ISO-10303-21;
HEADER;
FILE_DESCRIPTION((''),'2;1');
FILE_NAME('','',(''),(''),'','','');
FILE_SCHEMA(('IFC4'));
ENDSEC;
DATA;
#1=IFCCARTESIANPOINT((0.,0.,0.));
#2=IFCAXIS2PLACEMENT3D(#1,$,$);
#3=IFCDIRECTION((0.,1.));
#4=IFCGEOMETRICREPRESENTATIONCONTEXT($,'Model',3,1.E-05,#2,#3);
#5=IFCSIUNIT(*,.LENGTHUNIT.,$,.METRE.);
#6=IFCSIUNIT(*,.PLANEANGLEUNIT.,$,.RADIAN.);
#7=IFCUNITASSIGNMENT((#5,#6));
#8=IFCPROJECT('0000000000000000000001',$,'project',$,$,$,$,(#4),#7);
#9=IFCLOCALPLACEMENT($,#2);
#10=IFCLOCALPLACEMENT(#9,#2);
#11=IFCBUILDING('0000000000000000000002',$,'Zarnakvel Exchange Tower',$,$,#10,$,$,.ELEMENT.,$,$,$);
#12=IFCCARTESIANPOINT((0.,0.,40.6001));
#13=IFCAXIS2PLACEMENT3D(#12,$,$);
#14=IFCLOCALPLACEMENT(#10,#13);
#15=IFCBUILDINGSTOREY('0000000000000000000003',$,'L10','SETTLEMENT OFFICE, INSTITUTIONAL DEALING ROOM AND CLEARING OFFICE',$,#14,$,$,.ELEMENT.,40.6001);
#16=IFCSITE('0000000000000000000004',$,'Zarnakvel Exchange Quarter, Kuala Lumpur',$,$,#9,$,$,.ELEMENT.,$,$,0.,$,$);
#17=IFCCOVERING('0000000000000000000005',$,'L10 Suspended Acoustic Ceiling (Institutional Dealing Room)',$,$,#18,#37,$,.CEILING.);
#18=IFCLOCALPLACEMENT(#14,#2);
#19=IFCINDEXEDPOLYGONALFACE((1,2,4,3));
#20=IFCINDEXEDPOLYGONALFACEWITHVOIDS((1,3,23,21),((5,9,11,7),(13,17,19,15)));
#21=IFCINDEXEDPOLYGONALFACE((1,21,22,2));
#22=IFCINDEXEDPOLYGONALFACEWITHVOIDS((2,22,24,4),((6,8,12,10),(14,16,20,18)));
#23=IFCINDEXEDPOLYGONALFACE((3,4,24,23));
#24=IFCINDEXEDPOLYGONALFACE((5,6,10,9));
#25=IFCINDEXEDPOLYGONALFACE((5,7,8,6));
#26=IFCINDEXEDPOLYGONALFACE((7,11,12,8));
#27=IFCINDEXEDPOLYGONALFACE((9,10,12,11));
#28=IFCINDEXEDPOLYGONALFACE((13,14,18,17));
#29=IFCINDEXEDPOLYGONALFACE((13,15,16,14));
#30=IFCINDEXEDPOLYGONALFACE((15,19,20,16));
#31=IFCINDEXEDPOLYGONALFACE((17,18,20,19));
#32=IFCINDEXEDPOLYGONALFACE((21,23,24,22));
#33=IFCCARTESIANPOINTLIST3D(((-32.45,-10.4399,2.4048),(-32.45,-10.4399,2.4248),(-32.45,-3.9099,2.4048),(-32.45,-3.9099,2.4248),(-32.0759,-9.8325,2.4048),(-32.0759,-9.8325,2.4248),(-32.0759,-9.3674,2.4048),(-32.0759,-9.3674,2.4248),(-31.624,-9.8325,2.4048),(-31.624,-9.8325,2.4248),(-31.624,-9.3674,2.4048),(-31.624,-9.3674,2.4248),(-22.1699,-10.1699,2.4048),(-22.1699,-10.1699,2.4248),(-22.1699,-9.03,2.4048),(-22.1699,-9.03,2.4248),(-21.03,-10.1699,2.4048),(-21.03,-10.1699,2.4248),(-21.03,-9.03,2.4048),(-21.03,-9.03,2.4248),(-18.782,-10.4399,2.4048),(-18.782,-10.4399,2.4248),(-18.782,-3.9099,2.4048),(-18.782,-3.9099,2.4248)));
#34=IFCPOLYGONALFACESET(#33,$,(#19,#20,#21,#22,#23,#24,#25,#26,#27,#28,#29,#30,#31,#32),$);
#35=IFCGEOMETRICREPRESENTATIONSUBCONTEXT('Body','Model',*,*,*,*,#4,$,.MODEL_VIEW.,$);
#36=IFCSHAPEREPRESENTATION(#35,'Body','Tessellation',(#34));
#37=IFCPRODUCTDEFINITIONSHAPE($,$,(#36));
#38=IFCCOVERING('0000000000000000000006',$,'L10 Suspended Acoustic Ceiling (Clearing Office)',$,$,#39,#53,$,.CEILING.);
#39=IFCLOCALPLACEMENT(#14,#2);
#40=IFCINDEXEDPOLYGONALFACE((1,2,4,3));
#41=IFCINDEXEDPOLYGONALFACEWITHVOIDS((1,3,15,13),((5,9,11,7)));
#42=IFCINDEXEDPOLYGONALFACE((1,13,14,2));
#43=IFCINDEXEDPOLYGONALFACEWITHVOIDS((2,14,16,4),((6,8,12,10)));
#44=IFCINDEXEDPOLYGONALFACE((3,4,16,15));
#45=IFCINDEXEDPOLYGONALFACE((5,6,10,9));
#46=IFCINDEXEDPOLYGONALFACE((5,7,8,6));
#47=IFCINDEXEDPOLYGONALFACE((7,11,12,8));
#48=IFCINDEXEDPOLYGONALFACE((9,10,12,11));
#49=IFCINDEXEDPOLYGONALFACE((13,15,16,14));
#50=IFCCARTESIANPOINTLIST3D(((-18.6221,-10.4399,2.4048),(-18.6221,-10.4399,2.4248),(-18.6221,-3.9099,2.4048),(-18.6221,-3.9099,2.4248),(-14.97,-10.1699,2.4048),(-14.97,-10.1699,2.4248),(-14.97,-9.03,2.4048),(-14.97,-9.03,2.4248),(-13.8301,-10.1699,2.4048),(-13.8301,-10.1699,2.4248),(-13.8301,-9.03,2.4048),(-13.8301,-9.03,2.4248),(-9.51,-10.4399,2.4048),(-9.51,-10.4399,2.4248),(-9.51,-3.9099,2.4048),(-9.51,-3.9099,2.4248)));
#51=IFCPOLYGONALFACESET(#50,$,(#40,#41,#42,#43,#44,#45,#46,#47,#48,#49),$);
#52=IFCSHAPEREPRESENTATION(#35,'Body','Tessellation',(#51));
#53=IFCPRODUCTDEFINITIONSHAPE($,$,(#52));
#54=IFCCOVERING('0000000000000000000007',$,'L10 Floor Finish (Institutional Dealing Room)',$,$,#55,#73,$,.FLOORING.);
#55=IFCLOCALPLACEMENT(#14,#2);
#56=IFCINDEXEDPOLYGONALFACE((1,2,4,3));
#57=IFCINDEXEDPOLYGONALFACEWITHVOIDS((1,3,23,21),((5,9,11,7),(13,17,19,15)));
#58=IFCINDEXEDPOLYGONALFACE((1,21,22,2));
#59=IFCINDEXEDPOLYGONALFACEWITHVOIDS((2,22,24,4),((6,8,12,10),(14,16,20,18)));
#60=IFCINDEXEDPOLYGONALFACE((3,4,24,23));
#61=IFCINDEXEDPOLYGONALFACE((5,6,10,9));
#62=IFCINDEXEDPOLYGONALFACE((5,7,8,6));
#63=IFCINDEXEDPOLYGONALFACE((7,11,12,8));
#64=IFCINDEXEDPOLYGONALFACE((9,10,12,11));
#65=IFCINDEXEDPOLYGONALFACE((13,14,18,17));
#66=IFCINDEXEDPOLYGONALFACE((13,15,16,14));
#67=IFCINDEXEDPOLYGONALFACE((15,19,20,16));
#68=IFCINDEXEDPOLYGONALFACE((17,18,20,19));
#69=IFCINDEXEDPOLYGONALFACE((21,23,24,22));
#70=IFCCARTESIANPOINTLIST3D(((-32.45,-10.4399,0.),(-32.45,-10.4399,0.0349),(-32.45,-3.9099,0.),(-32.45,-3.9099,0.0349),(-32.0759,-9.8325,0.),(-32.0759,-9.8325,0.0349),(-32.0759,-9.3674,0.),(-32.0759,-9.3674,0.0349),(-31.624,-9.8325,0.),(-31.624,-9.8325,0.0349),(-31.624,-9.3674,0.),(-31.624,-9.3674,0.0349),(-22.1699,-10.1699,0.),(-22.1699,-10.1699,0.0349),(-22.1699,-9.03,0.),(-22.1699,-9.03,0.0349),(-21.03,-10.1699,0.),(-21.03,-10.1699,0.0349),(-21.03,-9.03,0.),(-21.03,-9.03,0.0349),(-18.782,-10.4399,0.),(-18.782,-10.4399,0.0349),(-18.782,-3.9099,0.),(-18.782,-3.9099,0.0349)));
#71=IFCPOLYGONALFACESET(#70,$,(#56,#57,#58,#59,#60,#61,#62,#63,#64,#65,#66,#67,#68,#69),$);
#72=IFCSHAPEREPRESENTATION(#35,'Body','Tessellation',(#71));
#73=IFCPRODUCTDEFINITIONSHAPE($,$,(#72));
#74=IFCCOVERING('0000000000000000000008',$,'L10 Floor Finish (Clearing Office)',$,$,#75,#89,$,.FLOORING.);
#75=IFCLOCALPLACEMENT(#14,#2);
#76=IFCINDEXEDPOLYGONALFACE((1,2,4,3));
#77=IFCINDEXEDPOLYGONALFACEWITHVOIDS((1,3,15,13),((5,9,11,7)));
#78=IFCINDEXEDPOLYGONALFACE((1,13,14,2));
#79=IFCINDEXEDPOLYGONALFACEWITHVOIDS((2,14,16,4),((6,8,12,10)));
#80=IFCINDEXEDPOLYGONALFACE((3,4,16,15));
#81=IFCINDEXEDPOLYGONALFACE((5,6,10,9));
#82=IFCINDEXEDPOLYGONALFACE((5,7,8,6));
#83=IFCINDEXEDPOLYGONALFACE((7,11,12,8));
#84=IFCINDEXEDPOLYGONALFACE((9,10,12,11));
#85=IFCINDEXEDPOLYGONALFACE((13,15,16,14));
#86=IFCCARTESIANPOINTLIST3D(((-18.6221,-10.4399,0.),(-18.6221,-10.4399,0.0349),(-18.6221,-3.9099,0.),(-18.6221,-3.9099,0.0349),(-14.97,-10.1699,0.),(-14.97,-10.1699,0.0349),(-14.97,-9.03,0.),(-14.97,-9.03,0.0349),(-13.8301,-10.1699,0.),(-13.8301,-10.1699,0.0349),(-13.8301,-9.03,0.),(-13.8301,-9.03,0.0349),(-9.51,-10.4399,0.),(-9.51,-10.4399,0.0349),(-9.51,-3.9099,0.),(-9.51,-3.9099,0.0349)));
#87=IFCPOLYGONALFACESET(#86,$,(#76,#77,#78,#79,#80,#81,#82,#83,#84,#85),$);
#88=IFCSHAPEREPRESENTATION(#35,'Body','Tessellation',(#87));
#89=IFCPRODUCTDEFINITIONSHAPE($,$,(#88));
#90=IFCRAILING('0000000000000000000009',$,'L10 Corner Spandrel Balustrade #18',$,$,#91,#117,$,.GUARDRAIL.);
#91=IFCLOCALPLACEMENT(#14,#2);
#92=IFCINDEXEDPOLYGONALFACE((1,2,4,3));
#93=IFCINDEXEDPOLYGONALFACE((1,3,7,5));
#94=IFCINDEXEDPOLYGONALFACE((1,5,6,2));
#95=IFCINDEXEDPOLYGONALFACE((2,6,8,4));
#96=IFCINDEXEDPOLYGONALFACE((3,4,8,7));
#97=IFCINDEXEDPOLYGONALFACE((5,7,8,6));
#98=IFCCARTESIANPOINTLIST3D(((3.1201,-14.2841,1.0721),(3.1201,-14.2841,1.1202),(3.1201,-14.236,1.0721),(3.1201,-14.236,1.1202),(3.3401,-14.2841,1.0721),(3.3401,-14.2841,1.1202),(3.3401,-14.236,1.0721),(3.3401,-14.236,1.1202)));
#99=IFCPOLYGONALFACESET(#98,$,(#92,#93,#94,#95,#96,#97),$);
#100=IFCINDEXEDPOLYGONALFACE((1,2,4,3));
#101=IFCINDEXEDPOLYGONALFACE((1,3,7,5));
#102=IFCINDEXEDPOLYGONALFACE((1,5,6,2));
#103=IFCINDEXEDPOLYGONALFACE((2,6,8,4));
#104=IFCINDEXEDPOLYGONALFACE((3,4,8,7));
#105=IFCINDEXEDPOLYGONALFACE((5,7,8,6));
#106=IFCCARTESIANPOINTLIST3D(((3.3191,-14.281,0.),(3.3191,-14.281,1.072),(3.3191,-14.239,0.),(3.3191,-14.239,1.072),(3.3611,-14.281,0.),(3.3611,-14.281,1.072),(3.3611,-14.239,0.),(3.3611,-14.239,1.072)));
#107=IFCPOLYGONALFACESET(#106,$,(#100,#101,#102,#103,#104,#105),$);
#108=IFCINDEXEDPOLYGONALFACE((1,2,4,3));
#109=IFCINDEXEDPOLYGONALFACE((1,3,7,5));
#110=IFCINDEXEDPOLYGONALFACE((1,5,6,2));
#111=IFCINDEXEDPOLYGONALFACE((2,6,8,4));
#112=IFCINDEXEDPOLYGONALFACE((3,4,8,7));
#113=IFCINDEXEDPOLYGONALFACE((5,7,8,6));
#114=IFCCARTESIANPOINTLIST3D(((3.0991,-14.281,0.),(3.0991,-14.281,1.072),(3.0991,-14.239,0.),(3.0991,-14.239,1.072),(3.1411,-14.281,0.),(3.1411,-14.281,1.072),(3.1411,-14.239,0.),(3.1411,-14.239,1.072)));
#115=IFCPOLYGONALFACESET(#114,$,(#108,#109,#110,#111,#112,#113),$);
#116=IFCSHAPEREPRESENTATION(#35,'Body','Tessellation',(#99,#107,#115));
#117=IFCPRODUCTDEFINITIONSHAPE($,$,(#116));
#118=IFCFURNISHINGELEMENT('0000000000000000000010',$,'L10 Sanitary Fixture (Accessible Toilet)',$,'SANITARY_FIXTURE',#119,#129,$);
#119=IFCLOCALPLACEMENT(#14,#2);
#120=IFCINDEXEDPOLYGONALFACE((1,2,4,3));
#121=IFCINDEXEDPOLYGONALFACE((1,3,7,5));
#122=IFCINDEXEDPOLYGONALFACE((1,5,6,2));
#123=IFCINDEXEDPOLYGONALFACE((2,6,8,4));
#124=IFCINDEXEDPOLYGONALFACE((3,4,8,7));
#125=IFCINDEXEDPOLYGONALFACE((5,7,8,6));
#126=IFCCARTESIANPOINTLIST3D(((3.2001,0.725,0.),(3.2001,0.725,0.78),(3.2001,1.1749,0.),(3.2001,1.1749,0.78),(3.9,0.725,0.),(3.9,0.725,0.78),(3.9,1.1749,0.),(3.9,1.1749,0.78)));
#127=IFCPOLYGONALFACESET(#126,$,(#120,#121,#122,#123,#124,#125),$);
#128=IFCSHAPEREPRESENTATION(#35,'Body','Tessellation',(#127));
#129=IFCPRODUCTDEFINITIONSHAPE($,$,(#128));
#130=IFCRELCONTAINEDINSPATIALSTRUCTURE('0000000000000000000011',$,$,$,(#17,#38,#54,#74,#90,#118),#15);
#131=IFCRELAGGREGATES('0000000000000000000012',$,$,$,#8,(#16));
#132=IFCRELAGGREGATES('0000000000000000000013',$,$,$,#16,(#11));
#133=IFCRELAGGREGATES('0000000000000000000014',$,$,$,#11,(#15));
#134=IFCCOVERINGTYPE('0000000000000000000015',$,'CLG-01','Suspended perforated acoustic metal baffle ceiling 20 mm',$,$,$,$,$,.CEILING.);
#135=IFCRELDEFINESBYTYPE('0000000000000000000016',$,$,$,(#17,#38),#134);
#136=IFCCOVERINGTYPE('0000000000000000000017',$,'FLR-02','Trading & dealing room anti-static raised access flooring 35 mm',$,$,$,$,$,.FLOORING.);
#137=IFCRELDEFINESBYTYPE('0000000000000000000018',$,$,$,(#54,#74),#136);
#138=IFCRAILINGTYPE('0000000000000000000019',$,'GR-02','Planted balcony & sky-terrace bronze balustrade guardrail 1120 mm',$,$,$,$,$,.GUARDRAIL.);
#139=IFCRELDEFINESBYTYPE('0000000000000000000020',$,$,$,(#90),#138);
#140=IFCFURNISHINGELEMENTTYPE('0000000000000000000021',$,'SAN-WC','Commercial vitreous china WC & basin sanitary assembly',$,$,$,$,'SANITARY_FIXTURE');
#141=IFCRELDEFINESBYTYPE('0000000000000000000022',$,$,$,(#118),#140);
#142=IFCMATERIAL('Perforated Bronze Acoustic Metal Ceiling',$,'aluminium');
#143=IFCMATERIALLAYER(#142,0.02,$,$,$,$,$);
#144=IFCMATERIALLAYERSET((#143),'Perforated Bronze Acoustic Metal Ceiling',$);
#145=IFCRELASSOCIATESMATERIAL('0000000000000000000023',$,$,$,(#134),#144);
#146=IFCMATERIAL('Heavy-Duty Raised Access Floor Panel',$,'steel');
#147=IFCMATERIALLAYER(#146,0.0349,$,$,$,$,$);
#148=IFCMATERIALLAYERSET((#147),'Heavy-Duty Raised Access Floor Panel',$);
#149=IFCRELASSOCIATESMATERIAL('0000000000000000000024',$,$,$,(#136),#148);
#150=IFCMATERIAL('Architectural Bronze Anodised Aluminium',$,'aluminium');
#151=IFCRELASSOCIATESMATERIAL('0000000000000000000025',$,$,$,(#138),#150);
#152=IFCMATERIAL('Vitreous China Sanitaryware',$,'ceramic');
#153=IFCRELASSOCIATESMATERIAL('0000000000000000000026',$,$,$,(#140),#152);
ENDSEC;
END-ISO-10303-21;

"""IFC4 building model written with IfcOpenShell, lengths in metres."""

from ifc_helpers import new_model, si_unit, direction, frame, origin, origin_2d, place, context, subcontext, project, spatial, polyline, rectangle, outline, extrude, source, transform, mapped, material, layer, layer_set, type_object, element, save


model = new_model("IFC4")

# Units and contexts
model_context = context("Model", 3, precision=1e-05, world=origin(), true_north=direction((0.0, 1.0)))
body_context = subcontext(model_context, "Body", "Model", "MODEL_VIEW")
ifc_project = project(units=[si_unit("LENGTHUNIT", "METRE"), si_unit("PLANEANGLEUNIT", "RADIAN")], contexts=[model_context])

# Site, building, storey
site_placement = place(None, origin())
site = spatial("IfcSite", under=ifc_project, at=site_placement, Name="Zarnakvel Exchange Quarter, Kuala Lumpur", CompositionType="ELEMENT", RefElevation=0.0)
building_placement = place(site_placement, origin())
building = spatial("IfcBuilding", under=site, at=building_placement, Name="Zarnakvel Exchange Tower", CompositionType="ELEMENT")
storey_placement = place(building_placement, frame((0.0, 0.0, 40.6001)))
storey = spatial("IfcBuildingStorey", under=building, at=storey_placement, Name="L10", Description="SETTLEMENT OFFICE, INSTITUTIONAL DEALING ROOM AND CLEARING OFFICE", CompositionType="ELEMENT", Elevation=40.6001)

# Coverings
ifc_material_1 = material(Name="Perforated Bronze Acoustic Metal Ceiling", Category="aluminium")
ifc_layer_1 = layer(ifc_material_1, 0.02)
ifc_layer_set_1 = layer_set([ifc_layer_1], Name="Perforated Bronze Acoustic Metal Ceiling")
covering_type_1 = type_object("IfcCoveringType", Name="CLG-01", Description="Suspended perforated acoustic metal baffle ceiling 20 mm", PredefinedType="CEILING", material=ifc_layer_set_1)
covering_1_placement = place(storey_placement, frame((0.0, 0.0, 2.4048)))
element("IfcCovering", 1, at=covering_1_placement, inside=storey, type_object=covering_type_1, Name="L10 Suspended Acoustic Ceiling (Institutional Dealing Room)", PredefinedType="CEILING", context=body_context, shape_type="SweptSolid", body=[
    extrude(outline(polyline([(-32.45, -3.9099), (-18.782, -3.9099), (-18.782, -10.4399), (-32.45, -10.4399), (-32.45, -3.9099)]), holes=[polyline([(-21.03, -10.1699), (-21.03, -9.03), (-22.1699, -9.03), (-22.1699, -10.1699), (-21.03, -10.1699)]), polyline([(-32.0759, -9.8325), (-31.624, -9.8325), (-31.624, -9.3674), (-32.0759, -9.3674), (-32.0759, -9.8325)])]), origin(), (0.0, 0.0, 1.0), 0.02),
])
covering_2_placement = place(storey_placement, frame((0.0, 0.0, 2.4048)))
element("IfcCovering", 2, at=covering_2_placement, inside=storey, type_object=covering_type_1, Name="L10 Suspended Acoustic Ceiling (Clearing Office)", PredefinedType="CEILING", context=body_context, shape_type="SweptSolid", body=[
    extrude(outline(polyline([(-18.6221, -3.9099), (-9.51, -3.9099), (-9.51, -10.4399), (-18.6221, -10.4399), (-18.6221, -3.9099)]), holes=[polyline([(-13.8301, -10.1699), (-13.8301, -9.03), (-14.97, -9.03), (-14.97, -10.1699), (-13.8301, -10.1699)])]), origin(), (0.0, 0.0, 1.0), 0.02),
])
ifc_material_2 = material(Name="Heavy-Duty Raised Access Floor Panel", Category="steel")
ifc_layer_2 = layer(ifc_material_2, 0.0349)
ifc_layer_set_2 = layer_set([ifc_layer_2], Name="Heavy-Duty Raised Access Floor Panel")
covering_type_2 = type_object("IfcCoveringType", Name="FLR-02", Description="Trading & dealing room anti-static raised access flooring 35 mm", PredefinedType="FLOORING", material=ifc_layer_set_2)
covering_3_placement = place(storey_placement, origin())
element("IfcCovering", 3, at=covering_3_placement, inside=storey, type_object=covering_type_2, Name="L10 Floor Finish (Institutional Dealing Room)", PredefinedType="FLOORING", context=body_context, shape_type="SweptSolid", body=[
    extrude(outline(polyline([(-32.45, -3.9099), (-18.782, -3.9099), (-18.782, -10.4399), (-32.45, -10.4399), (-32.45, -3.9099)]), holes=[polyline([(-21.03, -10.1699), (-21.03, -9.03), (-22.1699, -9.03), (-22.1699, -10.1699), (-21.03, -10.1699)]), polyline([(-32.0759, -9.8325), (-31.624, -9.8325), (-31.624, -9.3674), (-32.0759, -9.3674), (-32.0759, -9.8325)])]), origin(), (0.0, 0.0, 1.0), 0.0349),
])
covering_4_placement = place(storey_placement, origin())
element("IfcCovering", 4, at=covering_4_placement, inside=storey, type_object=covering_type_2, Name="L10 Floor Finish (Clearing Office)", PredefinedType="FLOORING", context=body_context, shape_type="SweptSolid", body=[
    extrude(outline(polyline([(-18.6221, -3.9099), (-9.51, -3.9099), (-9.51, -10.4399), (-18.6221, -10.4399), (-18.6221, -3.9099)]), holes=[polyline([(-13.8301, -10.1699), (-13.8301, -9.03), (-14.97, -9.03), (-14.97, -10.1699), (-13.8301, -10.1699)])]), origin(), (0.0, 0.0, 1.0), 0.0349),
])

# Railing
ifc_material_3 = material(Name="Architectural Bronze Anodised Aluminium", Category="aluminium")
railing_type = type_object("IfcRailingType", Name="GR-02", Description="Planted balcony & sky-terrace bronze balustrade guardrail 1120 mm", PredefinedType="GUARDRAIL", material=ifc_material_3)
railing_placement = place(storey_placement, frame((3.3401, -14.26, 0.0)))
element("IfcRailing", 5, at=railing_placement, inside=storey, type_object=railing_type, Name="L10 Corner Spandrel Balustrade #18", PredefinedType="GUARDRAIL", context=body_context, shape_type="SweptSolid", body=[
    extrude(rectangle(XDim=0.0481, YDim=0.0481, at=origin_2d()), frame((0.0, 0.0, 1.0962), z_axis=(-1.0, 0.0, 0.0), x_axis=(0.0, -1.0, 0.0)), (0.0, 0.0, 1.0), 0.22),
    extrude(rectangle(XDim=0.042, YDim=0.042, at=origin_2d()), origin(), (0.0, 0.0, 1.0), 1.072),
    extrude(rectangle(XDim=0.042, YDim=0.042, at=origin_2d()), frame((-0.22, 0.0, 0.0)), (0.0, 0.0, 1.0), 1.072),
])

# Furnishing element
ifc_material_4 = material(Name="Vitreous China Sanitaryware", Category="ceramic")
furnishing_element_type = type_object("IfcFurnishingElementType", Name="SAN-WC", Description="Commercial vitreous china WC & basin sanitary assembly", ElementType="SANITARY_FIXTURE", material=ifc_material_4)
shared_shape_1 = source(origin(), body_context, "Body", "SweptSolid", [
    extrude(rectangle(XDim=0.7, YDim=0.45, at=origin_2d()), origin(), (0.0, 0.0, 1.0), 0.78),
])
furnishing_placement = place(storey_placement, frame((3.55, 0.95, 0.0), z_axis=(0.0, 0.0, 1.0), x_axis=(1.0, 0.0, 0.0)))
element("IfcFurnishingElement", 6, at=furnishing_placement, inside=storey, type_object=furnishing_element_type, Name="L10 Sanitary Fixture (Accessible Toilet)", ObjectType="SANITARY_FIXTURE", context=body_context, shape_type="MappedRepresentation", body=[
    mapped(shared_shape_1, transform((0.0, 0.0, 0.0), x_axis=(1.0, 0.0, 0.0), y_axis=(0.0, 1.0, 0.0), z_axis=(0.0, 0.0, 1.0), scale=1.0)),
])

save(model, "model.ifc")
